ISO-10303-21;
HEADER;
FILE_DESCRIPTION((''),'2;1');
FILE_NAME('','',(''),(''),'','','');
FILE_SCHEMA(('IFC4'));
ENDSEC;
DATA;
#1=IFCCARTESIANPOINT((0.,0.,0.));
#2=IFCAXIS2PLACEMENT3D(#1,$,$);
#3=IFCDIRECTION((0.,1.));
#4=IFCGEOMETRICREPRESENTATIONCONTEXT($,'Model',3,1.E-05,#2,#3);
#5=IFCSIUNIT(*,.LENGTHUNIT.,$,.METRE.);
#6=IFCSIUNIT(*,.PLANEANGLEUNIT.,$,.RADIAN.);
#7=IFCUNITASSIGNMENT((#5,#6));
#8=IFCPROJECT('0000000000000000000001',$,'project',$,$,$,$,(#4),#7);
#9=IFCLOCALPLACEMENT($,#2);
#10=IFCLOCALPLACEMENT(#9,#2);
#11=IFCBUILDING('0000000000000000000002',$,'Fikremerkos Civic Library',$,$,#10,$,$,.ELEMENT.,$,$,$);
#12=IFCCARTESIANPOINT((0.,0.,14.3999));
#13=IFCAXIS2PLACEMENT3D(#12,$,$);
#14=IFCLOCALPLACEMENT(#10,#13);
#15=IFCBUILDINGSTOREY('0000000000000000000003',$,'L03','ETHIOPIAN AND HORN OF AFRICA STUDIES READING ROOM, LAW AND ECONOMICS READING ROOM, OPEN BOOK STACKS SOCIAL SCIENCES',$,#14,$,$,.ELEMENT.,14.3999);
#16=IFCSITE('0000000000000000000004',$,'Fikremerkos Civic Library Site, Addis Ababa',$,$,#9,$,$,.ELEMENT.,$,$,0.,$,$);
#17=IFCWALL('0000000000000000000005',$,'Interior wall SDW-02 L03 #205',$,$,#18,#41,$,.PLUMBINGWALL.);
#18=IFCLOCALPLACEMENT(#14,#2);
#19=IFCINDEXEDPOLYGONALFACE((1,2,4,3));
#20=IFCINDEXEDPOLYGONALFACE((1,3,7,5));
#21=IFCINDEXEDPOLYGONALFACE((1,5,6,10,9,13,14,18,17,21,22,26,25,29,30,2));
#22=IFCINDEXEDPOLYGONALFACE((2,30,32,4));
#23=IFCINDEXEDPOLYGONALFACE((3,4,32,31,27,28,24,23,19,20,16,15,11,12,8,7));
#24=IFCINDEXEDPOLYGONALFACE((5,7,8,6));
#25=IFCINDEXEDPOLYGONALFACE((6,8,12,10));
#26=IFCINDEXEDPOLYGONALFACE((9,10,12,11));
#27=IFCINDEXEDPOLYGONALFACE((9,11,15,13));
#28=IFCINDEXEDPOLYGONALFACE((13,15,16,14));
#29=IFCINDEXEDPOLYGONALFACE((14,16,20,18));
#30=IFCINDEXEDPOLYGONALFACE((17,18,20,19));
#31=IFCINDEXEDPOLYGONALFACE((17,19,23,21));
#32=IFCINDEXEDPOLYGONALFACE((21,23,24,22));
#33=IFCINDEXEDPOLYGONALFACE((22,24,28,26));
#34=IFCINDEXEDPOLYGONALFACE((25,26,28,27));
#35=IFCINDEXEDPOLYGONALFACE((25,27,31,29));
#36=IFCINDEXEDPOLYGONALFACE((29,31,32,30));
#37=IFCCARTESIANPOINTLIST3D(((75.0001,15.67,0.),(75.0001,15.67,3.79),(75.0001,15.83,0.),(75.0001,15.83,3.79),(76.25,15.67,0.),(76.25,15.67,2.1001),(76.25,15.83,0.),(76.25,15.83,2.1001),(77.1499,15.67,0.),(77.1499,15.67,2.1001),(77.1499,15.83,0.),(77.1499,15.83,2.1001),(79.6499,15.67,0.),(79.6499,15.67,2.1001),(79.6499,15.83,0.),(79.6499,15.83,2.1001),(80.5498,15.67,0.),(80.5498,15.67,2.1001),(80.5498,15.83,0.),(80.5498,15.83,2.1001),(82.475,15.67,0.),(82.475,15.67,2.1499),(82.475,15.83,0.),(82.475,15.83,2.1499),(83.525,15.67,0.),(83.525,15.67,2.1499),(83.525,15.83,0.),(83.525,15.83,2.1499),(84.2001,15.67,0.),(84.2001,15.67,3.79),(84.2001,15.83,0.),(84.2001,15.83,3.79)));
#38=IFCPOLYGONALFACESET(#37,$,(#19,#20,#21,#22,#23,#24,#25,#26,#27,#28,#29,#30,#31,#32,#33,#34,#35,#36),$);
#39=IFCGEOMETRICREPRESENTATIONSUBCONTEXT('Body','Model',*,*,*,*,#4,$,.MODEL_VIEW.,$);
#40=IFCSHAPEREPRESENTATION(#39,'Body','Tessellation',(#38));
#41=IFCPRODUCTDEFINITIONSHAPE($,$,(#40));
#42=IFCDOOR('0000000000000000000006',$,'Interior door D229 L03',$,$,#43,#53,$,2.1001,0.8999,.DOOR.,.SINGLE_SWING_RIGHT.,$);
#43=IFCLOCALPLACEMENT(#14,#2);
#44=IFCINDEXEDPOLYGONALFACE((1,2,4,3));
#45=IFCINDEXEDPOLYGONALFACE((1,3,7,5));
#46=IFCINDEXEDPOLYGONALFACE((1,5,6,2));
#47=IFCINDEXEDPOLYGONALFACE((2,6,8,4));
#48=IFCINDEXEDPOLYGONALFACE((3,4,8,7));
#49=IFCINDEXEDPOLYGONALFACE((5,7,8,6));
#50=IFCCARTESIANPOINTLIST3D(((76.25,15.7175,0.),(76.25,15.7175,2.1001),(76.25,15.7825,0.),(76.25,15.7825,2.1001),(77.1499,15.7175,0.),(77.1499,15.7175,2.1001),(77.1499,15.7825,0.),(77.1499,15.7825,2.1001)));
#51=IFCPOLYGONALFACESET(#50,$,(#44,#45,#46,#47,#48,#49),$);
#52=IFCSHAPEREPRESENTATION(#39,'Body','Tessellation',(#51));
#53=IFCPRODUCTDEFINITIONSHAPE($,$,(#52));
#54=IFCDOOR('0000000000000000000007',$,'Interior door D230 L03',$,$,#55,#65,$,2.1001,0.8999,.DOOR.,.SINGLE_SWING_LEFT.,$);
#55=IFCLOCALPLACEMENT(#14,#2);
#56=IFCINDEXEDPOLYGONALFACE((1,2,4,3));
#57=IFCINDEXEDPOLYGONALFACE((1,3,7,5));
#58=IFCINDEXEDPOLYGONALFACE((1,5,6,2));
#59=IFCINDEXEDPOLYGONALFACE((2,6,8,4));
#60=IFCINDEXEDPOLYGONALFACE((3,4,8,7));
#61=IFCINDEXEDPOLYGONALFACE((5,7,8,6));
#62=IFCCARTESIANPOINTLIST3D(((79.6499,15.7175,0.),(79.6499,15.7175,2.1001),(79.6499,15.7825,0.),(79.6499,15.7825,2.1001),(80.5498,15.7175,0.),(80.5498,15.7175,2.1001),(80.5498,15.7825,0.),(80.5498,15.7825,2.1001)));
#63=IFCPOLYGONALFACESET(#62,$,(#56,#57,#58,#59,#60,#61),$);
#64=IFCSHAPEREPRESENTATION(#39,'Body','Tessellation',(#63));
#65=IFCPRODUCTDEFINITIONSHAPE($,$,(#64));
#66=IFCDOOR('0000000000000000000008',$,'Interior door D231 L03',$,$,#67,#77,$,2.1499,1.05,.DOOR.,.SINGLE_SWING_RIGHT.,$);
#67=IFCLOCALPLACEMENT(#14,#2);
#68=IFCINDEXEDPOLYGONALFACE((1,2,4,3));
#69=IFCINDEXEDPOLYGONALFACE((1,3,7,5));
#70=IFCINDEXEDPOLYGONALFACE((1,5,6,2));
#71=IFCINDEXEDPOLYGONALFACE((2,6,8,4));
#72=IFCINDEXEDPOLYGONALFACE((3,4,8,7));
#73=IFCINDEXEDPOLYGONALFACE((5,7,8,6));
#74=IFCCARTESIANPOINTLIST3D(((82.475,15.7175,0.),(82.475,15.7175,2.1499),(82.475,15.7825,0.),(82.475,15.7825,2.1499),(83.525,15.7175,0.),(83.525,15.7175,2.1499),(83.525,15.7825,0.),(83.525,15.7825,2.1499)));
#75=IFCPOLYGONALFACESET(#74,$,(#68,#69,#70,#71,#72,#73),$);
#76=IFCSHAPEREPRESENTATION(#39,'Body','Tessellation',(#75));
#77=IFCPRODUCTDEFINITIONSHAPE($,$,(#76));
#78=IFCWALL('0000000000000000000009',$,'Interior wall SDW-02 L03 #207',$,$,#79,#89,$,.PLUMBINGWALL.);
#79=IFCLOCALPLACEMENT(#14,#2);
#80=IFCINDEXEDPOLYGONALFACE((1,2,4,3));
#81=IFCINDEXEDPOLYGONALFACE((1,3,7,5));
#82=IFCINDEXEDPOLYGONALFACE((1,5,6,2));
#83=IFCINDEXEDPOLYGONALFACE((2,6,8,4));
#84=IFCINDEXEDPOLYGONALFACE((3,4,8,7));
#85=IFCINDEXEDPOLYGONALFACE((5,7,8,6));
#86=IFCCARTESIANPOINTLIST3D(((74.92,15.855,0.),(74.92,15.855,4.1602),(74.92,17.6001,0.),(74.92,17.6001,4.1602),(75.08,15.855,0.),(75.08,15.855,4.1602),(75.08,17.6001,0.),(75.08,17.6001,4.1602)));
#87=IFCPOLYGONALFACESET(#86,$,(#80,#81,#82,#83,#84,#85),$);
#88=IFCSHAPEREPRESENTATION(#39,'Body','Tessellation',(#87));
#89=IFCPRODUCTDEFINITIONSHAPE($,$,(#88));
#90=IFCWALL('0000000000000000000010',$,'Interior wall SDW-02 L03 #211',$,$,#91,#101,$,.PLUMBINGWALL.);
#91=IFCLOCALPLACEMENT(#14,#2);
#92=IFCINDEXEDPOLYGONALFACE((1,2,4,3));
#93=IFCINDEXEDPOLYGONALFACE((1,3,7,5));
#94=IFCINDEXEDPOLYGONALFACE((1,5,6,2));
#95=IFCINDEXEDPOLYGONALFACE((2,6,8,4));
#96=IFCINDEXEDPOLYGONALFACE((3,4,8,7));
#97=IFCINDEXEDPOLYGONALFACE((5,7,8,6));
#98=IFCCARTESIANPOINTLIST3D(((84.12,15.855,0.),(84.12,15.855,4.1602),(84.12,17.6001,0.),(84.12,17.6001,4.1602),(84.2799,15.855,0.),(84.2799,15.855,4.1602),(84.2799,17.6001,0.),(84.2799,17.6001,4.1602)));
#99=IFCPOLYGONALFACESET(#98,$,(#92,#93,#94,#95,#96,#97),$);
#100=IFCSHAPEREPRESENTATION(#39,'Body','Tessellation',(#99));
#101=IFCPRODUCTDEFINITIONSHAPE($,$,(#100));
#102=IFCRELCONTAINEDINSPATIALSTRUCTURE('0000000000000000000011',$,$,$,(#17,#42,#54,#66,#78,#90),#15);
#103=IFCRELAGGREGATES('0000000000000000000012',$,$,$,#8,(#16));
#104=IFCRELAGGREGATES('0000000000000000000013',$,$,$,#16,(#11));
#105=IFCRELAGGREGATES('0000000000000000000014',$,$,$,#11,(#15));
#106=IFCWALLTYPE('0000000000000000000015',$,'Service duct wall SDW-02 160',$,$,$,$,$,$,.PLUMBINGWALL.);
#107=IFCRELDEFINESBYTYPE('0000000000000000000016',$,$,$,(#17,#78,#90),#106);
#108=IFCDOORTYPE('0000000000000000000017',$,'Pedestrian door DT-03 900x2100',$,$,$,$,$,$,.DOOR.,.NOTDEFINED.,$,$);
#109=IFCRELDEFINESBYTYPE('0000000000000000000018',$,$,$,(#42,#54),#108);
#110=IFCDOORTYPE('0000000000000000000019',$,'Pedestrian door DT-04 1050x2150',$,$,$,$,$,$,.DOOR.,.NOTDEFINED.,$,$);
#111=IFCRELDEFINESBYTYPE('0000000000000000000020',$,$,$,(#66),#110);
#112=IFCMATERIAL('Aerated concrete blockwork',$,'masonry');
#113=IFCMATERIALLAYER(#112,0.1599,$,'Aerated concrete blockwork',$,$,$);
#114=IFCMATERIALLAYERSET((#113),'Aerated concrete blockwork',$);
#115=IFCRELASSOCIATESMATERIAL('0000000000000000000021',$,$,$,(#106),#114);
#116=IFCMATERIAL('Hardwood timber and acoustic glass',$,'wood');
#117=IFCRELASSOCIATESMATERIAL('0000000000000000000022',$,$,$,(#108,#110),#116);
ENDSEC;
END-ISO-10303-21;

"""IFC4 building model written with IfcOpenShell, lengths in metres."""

from ifc_helpers import new_model, si_unit, direction, frame, frame_2d, origin, place, context, subcontext, project, spatial, rectangle, extrude, material, layer, layer_set, type_object, element, fill, save


model = new_model("IFC4")

# Units and contexts
model_context = context("Model", 3, precision=1e-05, world=origin(), true_north=direction((0.0, 1.0)))
body_context = subcontext(model_context, "Body", "Model", "MODEL_VIEW")
ifc_project = project(units=[si_unit("LENGTHUNIT", "METRE"), si_unit("PLANEANGLEUNIT", "RADIAN")], contexts=[model_context])

# Site, building, storey
site_placement = place(None, origin())
site = spatial("IfcSite", under=ifc_project, at=site_placement, Name="Fikremerkos Civic Library Site, Addis Ababa", CompositionType="ELEMENT", RefElevation=0.0)
building_placement = place(site_placement, origin())
building = spatial("IfcBuilding", under=site, at=building_placement, Name="Fikremerkos Civic Library", CompositionType="ELEMENT")
storey_placement = place(building_placement, frame((0.0, 0.0, 14.3999)))
storey = spatial("IfcBuildingStorey", under=building, at=storey_placement, Name="L03", Description="ETHIOPIAN AND HORN OF AFRICA STUDIES READING ROOM, LAW AND ECONOMICS READING ROOM, OPEN BOOK STACKS SOCIAL SCIENCES", CompositionType="ELEMENT", Elevation=14.3999)

# Shared definitions
ifc_material_1 = material(Name="Hardwood timber and acoustic glass", Category="wood")

# Wall, openings, doors
ifc_material_2 = material(Name="Aerated concrete blockwork", Category="masonry")
ifc_layer_1 = layer(ifc_material_2, 0.1599, Name="Aerated concrete blockwork")
ifc_layer_set_1 = layer_set([ifc_layer_1], Name="Aerated concrete blockwork")
wall_type_1 = type_object("IfcWallType", Name="Service duct wall SDW-02 160", PredefinedType="PLUMBINGWALL", material=ifc_layer_set_1)
wall_1_placement = place(storey_placement, frame((75.0, 15.75, 0.0), z_axis=(0.0, 0.0, 1.0), x_axis=(1.0, 0.0, 0.0)))
wall_1 = element("IfcWall", 1, at=wall_1_placement, inside=storey, type_object=wall_type_1, Name="Interior wall SDW-02 L03 #205", PredefinedType="PLUMBINGWALL", context=body_context, shape_type="SweptSolid", body=[
    extrude(rectangle(XDim=9.2, YDim=0.1599, at=frame_2d((4.6001, 0.0))), origin(), (0.0, 0.0, 1.0), 3.79),
])
opening_1_placement = place(wall_1_placement, frame((1.25, 0.0, 0.0)))
opening_1 = element("IfcOpeningElement", 2, at=opening_1_placement, cuts=wall_1, PredefinedType="OPENING", context=body_context, shape_type="SweptSolid", body=[
    extrude(rectangle(XDim=0.8999, YDim=2.1001, at=frame_2d((0.45, 1.05))), frame((0.0, 0.0898, 0.0), z_axis=(0.0, -1.0, 0.0), x_axis=(1.0, 0.0, 0.0)), (0.0, 0.0, 1.0), 0.1799),
])
opening_2_placement = place(wall_1_placement, frame((4.6499, 0.0, 0.0)))
opening_2 = element("IfcOpeningElement", 3, at=opening_2_placement, cuts=wall_1, PredefinedType="OPENING", context=body_context, shape_type="SweptSolid", body=[
    extrude(rectangle(XDim=0.8999, YDim=2.1001, at=frame_2d((0.45, 1.05))), frame((0.0, 0.0898, 0.0), z_axis=(0.0, -1.0, 0.0), x_axis=(1.0, 0.0, 0.0)), (0.0, 0.0, 1.0), 0.1799),
])
opening_3_placement = place(wall_1_placement, frame((7.4751, 0.0, 0.0)))
opening_3 = element("IfcOpeningElement", 4, at=opening_3_placement, cuts=wall_1, PredefinedType="OPENING", context=body_context, shape_type="SweptSolid", body=[
    extrude(rectangle(XDim=1.05, YDim=2.1499, at=frame_2d((0.5249, 1.075))), frame((0.0, 0.0898, 0.0), z_axis=(0.0, -1.0, 0.0), x_axis=(1.0, 0.0, 0.0)), (0.0, 0.0, 1.0), 0.1799),
])
door_type_1 = type_object("IfcDoorType", Name="Pedestrian door DT-03 900x2100", OperationType="NOTDEFINED", PredefinedType="DOOR", material=ifc_material_1)
door_1_placement = place(opening_1_placement, origin())
door_1 = element("IfcDoor", 5, at=door_1_placement, inside=storey, type_object=door_type_1, Name="Interior door D229 L03", OperationType="SINGLE_SWING_RIGHT", OverallHeight=2.1001, OverallWidth=0.8999, PredefinedType="DOOR", context=body_context, shape_type="SweptSolid", body=[
    extrude(rectangle(XDim=0.8999, YDim=2.1001, at=frame_2d((0.45, 1.05))), frame((0.0, 0.0325, 0.0), z_axis=(0.0, -1.0, 0.0), x_axis=(1.0, 0.0, 0.0)), (0.0, 0.0, 1.0), 0.0649),
])
fill(opening_1, door_1)
door_2_placement = place(opening_2_placement, origin())
door_2 = element("IfcDoor", 6, at=door_2_placement, inside=storey, type_object=door_type_1, Name="Interior door D230 L03", OperationType="SINGLE_SWING_LEFT", OverallHeight=2.1001, OverallWidth=0.8999, PredefinedType="DOOR", context=body_context, shape_type="SweptSolid", body=[
    extrude(rectangle(XDim=0.8999, YDim=2.1001, at=frame_2d((0.45, 1.05))), frame((0.0, 0.0325, 0.0), z_axis=(0.0, -1.0, 0.0), x_axis=(1.0, 0.0, 0.0)), (0.0, 0.0, 1.0), 0.0649),
])
fill(opening_2, door_2)
door_type_2 = type_object("IfcDoorType", Name="Pedestrian door DT-04 1050x2150", OperationType="NOTDEFINED", PredefinedType="DOOR", material=ifc_material_1)
door_3_placement = place(opening_3_placement, origin())
door_3 = element("IfcDoor", 7, at=door_3_placement, inside=storey, type_object=door_type_2, Name="Interior door D231 L03", OperationType="SINGLE_SWING_RIGHT", OverallHeight=2.1499, OverallWidth=1.05, PredefinedType="DOOR", context=body_context, shape_type="SweptSolid", body=[
    extrude(rectangle(XDim=1.05, YDim=2.1499, at=frame_2d((0.5249, 1.075))), frame((0.0, 0.0325, 0.0), z_axis=(0.0, -1.0, 0.0), x_axis=(1.0, 0.0, 0.0)), (0.0, 0.0, 1.0), 0.0649),
])
fill(opening_3, door_3)

# Walls
for number, where, z_axis, x_axis, name in (
    (8, (75.0, 15.855, 0.0), (0.0, 0.0, 1.0), (0.0, 1.0, 0.0), "Interior wall SDW-02 L03 #207"),
    (9, (84.2, 15.855, 0.0), (0.0, 0.0, 1.0), (0.0, 1.0, 0.0), "Interior wall SDW-02 L03 #211"),
):
    element("IfcWall", number, at=place(storey_placement, frame(where, z_axis=z_axis, x_axis=x_axis)), inside=storey, type_object=wall_type_1, Name=name, PredefinedType="PLUMBINGWALL", context=body_context, shape_type="SweptSolid", body=[
        extrude(rectangle(XDim=1.7451, YDim=0.1599, at=frame_2d((0.8726, 0.0))), origin(), (0.0, 0.0, 1.0), 4.1602),
    ])

save(model, "model.ifc")
